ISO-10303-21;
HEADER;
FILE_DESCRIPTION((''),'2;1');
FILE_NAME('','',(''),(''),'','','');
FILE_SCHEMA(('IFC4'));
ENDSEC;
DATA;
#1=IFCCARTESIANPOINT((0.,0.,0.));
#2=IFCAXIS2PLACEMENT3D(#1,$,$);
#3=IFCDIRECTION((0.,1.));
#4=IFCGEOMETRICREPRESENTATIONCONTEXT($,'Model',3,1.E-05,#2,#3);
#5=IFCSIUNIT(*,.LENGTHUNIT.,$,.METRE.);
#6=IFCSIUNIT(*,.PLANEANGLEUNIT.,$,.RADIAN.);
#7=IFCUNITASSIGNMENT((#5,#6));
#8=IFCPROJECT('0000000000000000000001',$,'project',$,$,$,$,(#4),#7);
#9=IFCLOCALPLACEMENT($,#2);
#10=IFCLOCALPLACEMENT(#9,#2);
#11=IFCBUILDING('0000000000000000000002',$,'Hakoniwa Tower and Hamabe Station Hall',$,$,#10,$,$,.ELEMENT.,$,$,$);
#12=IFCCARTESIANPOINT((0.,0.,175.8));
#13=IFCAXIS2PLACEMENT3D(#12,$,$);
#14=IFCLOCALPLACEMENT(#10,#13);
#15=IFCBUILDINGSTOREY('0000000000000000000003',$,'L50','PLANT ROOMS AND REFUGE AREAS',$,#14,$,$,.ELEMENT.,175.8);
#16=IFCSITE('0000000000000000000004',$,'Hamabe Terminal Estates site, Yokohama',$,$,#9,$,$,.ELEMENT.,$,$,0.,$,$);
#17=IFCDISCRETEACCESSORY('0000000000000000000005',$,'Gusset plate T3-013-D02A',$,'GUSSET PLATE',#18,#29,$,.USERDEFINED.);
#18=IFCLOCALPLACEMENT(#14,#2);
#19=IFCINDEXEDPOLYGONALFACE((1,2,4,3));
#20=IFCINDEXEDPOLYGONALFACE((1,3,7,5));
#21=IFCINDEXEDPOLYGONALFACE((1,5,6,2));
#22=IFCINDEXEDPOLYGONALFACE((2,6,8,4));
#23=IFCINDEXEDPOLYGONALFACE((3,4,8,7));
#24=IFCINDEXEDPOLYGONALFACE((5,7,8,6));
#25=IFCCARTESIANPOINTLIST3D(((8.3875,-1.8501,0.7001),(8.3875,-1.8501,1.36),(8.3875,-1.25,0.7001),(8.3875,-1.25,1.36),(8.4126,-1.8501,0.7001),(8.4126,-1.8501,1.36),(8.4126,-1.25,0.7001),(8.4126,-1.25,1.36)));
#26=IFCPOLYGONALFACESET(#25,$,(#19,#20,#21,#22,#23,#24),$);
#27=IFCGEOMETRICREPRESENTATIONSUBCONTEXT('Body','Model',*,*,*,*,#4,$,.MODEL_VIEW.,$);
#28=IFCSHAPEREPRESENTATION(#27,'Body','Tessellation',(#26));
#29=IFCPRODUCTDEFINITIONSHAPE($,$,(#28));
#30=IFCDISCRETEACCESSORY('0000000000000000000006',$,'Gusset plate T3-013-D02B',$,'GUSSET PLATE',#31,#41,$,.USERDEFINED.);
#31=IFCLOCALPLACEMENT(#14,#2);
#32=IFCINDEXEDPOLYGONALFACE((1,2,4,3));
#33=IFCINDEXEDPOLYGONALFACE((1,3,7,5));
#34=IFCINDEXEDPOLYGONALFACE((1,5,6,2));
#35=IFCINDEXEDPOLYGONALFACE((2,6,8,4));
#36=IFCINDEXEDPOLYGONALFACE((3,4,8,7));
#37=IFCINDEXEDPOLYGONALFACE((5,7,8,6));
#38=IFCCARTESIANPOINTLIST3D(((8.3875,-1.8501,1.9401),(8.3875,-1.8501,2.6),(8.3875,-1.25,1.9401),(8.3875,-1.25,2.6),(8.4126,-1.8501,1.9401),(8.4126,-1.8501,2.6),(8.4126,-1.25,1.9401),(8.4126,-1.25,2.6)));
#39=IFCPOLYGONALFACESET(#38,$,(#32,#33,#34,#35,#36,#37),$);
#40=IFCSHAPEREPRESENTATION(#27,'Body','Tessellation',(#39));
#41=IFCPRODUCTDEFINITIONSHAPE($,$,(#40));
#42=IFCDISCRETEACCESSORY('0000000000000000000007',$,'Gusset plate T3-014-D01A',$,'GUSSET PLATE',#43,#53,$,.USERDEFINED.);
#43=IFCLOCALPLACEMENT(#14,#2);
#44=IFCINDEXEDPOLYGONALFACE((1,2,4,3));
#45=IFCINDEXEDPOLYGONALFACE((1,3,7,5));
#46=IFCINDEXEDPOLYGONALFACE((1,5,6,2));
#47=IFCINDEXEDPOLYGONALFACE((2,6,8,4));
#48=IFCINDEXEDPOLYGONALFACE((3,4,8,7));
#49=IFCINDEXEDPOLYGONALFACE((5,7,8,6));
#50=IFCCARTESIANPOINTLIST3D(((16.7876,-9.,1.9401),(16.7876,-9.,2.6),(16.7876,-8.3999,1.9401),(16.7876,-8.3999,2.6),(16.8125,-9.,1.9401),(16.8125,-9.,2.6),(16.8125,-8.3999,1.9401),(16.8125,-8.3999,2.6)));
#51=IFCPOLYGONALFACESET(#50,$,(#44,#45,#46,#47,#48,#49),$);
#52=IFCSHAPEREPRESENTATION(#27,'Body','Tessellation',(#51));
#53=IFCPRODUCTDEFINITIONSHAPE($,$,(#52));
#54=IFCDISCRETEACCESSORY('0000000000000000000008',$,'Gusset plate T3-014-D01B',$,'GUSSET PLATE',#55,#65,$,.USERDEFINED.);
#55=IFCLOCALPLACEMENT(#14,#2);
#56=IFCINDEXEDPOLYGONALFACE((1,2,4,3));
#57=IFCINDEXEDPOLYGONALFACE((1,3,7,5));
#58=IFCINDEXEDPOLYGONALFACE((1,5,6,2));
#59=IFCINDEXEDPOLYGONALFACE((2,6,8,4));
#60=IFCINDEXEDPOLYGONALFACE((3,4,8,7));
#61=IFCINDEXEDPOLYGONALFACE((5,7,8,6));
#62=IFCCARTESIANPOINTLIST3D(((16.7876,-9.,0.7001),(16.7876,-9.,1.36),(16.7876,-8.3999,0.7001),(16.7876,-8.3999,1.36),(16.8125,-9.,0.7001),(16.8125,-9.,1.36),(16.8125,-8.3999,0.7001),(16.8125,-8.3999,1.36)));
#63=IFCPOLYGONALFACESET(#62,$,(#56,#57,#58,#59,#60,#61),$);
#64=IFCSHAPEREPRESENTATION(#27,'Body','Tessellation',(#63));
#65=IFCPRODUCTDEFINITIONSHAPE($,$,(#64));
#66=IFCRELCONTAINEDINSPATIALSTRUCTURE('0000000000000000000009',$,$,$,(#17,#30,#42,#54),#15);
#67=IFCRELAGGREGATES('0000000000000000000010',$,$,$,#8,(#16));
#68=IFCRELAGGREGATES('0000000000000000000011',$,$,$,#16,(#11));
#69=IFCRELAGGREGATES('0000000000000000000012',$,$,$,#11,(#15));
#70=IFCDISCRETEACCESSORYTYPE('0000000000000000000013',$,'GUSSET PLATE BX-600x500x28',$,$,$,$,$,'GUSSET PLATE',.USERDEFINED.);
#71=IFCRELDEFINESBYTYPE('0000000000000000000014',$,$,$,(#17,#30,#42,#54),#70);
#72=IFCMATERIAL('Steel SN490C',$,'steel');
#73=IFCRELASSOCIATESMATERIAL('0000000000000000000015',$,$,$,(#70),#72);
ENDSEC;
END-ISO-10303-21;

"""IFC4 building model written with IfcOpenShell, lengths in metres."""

from ifc_helpers import new_model, si_unit, direction, frame, origin, origin_2d, place, context, subcontext, project, spatial, rectangle, extrude, material, material_profile, profile_set, type_object, element, save


model = new_model("IFC4")

# Units and contexts
model_context = context("Model", 3, precision=1e-05, world=origin(), true_north=direction((0.0, 1.0)))
body_context = subcontext(model_context, "Body", "Model", "MODEL_VIEW")
ifc_project = project(units=[si_unit("LENGTHUNIT", "METRE"), si_unit("PLANEANGLEUNIT", "RADIAN")], contexts=[model_context])

# Site, building, storey
site_placement = place(None, origin())
site = spatial("IfcSite", under=ifc_project, at=site_placement, Name="Hamabe Terminal Estates site, Yokohama", CompositionType="ELEMENT", RefElevation=0.0)
building_placement = place(site_placement, origin())
building = spatial("IfcBuilding", under=site, at=building_placement, Name="Hakoniwa Tower and Hamabe Station Hall", CompositionType="ELEMENT")
storey_placement = place(building_placement, frame((0.0, 0.0, 175.8)))
storey = spatial("IfcBuildingStorey", under=building, at=storey_placement, Name="L50", Description="PLANT ROOMS AND REFUGE AREAS", CompositionType="ELEMENT", Elevation=175.8)

# Discrete accessories
ifc_material_1 = material(Name="Steel SN490C", Category="steel")
ifc_material_profile_1 = material_profile(ifc_material_1, rectangle(XDim=0.6001, YDim=0.6599, at=origin_2d()), Name="GUSSET PLATE BX-600x500x28")
ifc_profile_set_1 = profile_set([ifc_material_profile_1], Name="Steel SN490C")
discrete_accessory_type_1 = type_object("IfcDiscreteAccessoryType", Name="GUSSET PLATE BX-600x500x28", ElementType="GUSSET PLATE", PredefinedType="USERDEFINED", material=ifc_profile_set_1)
for number, where, z_axis, x_axis, name in (
    (1, (8.4126, -1.55, 1.03), (-1.0, 0.0, 0.0), (0.0, -1.0, 0.0), "Gusset plate T3-013-D02A"),
    (2, (8.4126, -1.55, 2.27), (-1.0, 0.0, 0.0), (0.0, -1.0, 0.0), "Gusset plate T3-013-D02B"),
):
    element("IfcDiscreteAccessory", number, at=place(storey_placement, frame(where, z_axis=z_axis, x_axis=x_axis)), inside=storey, type_object=discrete_accessory_type_1, Name=name, ObjectType="GUSSET PLATE", PredefinedType="USERDEFINED", context=body_context, shape_type="SweptSolid", body=[
        extrude(rectangle(XDim=0.6001, YDim=0.6599, at=origin_2d()), origin(), (0.0, 0.0, 1.0), 0.0251),
    ])
for number, where, z_axis, x_axis, name in (
    (3, (16.8125, -8.7, 2.27), (-1.0, 0.0, 0.0), (0.0, -1.0, 0.0), "Gusset plate T3-014-D01A"),
    (4, (16.8125, -8.7, 1.03), (-1.0, 0.0, 0.0), (0.0, -1.0, 0.0), "Gusset plate T3-014-D01B"),
):
    element("IfcDiscreteAccessory", number, at=place(storey_placement, frame(where, z_axis=z_axis, x_axis=x_axis)), inside=storey, type_object=discrete_accessory_type_1, Name=name, ObjectType="GUSSET PLATE", PredefinedType="USERDEFINED", context=body_context, shape_type="SweptSolid", body=[
        extrude(rectangle(XDim=0.6001, YDim=0.6599, at=origin_2d()), origin(), (0.0, 0.0, 1.0), 0.0249),
    ])

save(model, "model.ifc")
